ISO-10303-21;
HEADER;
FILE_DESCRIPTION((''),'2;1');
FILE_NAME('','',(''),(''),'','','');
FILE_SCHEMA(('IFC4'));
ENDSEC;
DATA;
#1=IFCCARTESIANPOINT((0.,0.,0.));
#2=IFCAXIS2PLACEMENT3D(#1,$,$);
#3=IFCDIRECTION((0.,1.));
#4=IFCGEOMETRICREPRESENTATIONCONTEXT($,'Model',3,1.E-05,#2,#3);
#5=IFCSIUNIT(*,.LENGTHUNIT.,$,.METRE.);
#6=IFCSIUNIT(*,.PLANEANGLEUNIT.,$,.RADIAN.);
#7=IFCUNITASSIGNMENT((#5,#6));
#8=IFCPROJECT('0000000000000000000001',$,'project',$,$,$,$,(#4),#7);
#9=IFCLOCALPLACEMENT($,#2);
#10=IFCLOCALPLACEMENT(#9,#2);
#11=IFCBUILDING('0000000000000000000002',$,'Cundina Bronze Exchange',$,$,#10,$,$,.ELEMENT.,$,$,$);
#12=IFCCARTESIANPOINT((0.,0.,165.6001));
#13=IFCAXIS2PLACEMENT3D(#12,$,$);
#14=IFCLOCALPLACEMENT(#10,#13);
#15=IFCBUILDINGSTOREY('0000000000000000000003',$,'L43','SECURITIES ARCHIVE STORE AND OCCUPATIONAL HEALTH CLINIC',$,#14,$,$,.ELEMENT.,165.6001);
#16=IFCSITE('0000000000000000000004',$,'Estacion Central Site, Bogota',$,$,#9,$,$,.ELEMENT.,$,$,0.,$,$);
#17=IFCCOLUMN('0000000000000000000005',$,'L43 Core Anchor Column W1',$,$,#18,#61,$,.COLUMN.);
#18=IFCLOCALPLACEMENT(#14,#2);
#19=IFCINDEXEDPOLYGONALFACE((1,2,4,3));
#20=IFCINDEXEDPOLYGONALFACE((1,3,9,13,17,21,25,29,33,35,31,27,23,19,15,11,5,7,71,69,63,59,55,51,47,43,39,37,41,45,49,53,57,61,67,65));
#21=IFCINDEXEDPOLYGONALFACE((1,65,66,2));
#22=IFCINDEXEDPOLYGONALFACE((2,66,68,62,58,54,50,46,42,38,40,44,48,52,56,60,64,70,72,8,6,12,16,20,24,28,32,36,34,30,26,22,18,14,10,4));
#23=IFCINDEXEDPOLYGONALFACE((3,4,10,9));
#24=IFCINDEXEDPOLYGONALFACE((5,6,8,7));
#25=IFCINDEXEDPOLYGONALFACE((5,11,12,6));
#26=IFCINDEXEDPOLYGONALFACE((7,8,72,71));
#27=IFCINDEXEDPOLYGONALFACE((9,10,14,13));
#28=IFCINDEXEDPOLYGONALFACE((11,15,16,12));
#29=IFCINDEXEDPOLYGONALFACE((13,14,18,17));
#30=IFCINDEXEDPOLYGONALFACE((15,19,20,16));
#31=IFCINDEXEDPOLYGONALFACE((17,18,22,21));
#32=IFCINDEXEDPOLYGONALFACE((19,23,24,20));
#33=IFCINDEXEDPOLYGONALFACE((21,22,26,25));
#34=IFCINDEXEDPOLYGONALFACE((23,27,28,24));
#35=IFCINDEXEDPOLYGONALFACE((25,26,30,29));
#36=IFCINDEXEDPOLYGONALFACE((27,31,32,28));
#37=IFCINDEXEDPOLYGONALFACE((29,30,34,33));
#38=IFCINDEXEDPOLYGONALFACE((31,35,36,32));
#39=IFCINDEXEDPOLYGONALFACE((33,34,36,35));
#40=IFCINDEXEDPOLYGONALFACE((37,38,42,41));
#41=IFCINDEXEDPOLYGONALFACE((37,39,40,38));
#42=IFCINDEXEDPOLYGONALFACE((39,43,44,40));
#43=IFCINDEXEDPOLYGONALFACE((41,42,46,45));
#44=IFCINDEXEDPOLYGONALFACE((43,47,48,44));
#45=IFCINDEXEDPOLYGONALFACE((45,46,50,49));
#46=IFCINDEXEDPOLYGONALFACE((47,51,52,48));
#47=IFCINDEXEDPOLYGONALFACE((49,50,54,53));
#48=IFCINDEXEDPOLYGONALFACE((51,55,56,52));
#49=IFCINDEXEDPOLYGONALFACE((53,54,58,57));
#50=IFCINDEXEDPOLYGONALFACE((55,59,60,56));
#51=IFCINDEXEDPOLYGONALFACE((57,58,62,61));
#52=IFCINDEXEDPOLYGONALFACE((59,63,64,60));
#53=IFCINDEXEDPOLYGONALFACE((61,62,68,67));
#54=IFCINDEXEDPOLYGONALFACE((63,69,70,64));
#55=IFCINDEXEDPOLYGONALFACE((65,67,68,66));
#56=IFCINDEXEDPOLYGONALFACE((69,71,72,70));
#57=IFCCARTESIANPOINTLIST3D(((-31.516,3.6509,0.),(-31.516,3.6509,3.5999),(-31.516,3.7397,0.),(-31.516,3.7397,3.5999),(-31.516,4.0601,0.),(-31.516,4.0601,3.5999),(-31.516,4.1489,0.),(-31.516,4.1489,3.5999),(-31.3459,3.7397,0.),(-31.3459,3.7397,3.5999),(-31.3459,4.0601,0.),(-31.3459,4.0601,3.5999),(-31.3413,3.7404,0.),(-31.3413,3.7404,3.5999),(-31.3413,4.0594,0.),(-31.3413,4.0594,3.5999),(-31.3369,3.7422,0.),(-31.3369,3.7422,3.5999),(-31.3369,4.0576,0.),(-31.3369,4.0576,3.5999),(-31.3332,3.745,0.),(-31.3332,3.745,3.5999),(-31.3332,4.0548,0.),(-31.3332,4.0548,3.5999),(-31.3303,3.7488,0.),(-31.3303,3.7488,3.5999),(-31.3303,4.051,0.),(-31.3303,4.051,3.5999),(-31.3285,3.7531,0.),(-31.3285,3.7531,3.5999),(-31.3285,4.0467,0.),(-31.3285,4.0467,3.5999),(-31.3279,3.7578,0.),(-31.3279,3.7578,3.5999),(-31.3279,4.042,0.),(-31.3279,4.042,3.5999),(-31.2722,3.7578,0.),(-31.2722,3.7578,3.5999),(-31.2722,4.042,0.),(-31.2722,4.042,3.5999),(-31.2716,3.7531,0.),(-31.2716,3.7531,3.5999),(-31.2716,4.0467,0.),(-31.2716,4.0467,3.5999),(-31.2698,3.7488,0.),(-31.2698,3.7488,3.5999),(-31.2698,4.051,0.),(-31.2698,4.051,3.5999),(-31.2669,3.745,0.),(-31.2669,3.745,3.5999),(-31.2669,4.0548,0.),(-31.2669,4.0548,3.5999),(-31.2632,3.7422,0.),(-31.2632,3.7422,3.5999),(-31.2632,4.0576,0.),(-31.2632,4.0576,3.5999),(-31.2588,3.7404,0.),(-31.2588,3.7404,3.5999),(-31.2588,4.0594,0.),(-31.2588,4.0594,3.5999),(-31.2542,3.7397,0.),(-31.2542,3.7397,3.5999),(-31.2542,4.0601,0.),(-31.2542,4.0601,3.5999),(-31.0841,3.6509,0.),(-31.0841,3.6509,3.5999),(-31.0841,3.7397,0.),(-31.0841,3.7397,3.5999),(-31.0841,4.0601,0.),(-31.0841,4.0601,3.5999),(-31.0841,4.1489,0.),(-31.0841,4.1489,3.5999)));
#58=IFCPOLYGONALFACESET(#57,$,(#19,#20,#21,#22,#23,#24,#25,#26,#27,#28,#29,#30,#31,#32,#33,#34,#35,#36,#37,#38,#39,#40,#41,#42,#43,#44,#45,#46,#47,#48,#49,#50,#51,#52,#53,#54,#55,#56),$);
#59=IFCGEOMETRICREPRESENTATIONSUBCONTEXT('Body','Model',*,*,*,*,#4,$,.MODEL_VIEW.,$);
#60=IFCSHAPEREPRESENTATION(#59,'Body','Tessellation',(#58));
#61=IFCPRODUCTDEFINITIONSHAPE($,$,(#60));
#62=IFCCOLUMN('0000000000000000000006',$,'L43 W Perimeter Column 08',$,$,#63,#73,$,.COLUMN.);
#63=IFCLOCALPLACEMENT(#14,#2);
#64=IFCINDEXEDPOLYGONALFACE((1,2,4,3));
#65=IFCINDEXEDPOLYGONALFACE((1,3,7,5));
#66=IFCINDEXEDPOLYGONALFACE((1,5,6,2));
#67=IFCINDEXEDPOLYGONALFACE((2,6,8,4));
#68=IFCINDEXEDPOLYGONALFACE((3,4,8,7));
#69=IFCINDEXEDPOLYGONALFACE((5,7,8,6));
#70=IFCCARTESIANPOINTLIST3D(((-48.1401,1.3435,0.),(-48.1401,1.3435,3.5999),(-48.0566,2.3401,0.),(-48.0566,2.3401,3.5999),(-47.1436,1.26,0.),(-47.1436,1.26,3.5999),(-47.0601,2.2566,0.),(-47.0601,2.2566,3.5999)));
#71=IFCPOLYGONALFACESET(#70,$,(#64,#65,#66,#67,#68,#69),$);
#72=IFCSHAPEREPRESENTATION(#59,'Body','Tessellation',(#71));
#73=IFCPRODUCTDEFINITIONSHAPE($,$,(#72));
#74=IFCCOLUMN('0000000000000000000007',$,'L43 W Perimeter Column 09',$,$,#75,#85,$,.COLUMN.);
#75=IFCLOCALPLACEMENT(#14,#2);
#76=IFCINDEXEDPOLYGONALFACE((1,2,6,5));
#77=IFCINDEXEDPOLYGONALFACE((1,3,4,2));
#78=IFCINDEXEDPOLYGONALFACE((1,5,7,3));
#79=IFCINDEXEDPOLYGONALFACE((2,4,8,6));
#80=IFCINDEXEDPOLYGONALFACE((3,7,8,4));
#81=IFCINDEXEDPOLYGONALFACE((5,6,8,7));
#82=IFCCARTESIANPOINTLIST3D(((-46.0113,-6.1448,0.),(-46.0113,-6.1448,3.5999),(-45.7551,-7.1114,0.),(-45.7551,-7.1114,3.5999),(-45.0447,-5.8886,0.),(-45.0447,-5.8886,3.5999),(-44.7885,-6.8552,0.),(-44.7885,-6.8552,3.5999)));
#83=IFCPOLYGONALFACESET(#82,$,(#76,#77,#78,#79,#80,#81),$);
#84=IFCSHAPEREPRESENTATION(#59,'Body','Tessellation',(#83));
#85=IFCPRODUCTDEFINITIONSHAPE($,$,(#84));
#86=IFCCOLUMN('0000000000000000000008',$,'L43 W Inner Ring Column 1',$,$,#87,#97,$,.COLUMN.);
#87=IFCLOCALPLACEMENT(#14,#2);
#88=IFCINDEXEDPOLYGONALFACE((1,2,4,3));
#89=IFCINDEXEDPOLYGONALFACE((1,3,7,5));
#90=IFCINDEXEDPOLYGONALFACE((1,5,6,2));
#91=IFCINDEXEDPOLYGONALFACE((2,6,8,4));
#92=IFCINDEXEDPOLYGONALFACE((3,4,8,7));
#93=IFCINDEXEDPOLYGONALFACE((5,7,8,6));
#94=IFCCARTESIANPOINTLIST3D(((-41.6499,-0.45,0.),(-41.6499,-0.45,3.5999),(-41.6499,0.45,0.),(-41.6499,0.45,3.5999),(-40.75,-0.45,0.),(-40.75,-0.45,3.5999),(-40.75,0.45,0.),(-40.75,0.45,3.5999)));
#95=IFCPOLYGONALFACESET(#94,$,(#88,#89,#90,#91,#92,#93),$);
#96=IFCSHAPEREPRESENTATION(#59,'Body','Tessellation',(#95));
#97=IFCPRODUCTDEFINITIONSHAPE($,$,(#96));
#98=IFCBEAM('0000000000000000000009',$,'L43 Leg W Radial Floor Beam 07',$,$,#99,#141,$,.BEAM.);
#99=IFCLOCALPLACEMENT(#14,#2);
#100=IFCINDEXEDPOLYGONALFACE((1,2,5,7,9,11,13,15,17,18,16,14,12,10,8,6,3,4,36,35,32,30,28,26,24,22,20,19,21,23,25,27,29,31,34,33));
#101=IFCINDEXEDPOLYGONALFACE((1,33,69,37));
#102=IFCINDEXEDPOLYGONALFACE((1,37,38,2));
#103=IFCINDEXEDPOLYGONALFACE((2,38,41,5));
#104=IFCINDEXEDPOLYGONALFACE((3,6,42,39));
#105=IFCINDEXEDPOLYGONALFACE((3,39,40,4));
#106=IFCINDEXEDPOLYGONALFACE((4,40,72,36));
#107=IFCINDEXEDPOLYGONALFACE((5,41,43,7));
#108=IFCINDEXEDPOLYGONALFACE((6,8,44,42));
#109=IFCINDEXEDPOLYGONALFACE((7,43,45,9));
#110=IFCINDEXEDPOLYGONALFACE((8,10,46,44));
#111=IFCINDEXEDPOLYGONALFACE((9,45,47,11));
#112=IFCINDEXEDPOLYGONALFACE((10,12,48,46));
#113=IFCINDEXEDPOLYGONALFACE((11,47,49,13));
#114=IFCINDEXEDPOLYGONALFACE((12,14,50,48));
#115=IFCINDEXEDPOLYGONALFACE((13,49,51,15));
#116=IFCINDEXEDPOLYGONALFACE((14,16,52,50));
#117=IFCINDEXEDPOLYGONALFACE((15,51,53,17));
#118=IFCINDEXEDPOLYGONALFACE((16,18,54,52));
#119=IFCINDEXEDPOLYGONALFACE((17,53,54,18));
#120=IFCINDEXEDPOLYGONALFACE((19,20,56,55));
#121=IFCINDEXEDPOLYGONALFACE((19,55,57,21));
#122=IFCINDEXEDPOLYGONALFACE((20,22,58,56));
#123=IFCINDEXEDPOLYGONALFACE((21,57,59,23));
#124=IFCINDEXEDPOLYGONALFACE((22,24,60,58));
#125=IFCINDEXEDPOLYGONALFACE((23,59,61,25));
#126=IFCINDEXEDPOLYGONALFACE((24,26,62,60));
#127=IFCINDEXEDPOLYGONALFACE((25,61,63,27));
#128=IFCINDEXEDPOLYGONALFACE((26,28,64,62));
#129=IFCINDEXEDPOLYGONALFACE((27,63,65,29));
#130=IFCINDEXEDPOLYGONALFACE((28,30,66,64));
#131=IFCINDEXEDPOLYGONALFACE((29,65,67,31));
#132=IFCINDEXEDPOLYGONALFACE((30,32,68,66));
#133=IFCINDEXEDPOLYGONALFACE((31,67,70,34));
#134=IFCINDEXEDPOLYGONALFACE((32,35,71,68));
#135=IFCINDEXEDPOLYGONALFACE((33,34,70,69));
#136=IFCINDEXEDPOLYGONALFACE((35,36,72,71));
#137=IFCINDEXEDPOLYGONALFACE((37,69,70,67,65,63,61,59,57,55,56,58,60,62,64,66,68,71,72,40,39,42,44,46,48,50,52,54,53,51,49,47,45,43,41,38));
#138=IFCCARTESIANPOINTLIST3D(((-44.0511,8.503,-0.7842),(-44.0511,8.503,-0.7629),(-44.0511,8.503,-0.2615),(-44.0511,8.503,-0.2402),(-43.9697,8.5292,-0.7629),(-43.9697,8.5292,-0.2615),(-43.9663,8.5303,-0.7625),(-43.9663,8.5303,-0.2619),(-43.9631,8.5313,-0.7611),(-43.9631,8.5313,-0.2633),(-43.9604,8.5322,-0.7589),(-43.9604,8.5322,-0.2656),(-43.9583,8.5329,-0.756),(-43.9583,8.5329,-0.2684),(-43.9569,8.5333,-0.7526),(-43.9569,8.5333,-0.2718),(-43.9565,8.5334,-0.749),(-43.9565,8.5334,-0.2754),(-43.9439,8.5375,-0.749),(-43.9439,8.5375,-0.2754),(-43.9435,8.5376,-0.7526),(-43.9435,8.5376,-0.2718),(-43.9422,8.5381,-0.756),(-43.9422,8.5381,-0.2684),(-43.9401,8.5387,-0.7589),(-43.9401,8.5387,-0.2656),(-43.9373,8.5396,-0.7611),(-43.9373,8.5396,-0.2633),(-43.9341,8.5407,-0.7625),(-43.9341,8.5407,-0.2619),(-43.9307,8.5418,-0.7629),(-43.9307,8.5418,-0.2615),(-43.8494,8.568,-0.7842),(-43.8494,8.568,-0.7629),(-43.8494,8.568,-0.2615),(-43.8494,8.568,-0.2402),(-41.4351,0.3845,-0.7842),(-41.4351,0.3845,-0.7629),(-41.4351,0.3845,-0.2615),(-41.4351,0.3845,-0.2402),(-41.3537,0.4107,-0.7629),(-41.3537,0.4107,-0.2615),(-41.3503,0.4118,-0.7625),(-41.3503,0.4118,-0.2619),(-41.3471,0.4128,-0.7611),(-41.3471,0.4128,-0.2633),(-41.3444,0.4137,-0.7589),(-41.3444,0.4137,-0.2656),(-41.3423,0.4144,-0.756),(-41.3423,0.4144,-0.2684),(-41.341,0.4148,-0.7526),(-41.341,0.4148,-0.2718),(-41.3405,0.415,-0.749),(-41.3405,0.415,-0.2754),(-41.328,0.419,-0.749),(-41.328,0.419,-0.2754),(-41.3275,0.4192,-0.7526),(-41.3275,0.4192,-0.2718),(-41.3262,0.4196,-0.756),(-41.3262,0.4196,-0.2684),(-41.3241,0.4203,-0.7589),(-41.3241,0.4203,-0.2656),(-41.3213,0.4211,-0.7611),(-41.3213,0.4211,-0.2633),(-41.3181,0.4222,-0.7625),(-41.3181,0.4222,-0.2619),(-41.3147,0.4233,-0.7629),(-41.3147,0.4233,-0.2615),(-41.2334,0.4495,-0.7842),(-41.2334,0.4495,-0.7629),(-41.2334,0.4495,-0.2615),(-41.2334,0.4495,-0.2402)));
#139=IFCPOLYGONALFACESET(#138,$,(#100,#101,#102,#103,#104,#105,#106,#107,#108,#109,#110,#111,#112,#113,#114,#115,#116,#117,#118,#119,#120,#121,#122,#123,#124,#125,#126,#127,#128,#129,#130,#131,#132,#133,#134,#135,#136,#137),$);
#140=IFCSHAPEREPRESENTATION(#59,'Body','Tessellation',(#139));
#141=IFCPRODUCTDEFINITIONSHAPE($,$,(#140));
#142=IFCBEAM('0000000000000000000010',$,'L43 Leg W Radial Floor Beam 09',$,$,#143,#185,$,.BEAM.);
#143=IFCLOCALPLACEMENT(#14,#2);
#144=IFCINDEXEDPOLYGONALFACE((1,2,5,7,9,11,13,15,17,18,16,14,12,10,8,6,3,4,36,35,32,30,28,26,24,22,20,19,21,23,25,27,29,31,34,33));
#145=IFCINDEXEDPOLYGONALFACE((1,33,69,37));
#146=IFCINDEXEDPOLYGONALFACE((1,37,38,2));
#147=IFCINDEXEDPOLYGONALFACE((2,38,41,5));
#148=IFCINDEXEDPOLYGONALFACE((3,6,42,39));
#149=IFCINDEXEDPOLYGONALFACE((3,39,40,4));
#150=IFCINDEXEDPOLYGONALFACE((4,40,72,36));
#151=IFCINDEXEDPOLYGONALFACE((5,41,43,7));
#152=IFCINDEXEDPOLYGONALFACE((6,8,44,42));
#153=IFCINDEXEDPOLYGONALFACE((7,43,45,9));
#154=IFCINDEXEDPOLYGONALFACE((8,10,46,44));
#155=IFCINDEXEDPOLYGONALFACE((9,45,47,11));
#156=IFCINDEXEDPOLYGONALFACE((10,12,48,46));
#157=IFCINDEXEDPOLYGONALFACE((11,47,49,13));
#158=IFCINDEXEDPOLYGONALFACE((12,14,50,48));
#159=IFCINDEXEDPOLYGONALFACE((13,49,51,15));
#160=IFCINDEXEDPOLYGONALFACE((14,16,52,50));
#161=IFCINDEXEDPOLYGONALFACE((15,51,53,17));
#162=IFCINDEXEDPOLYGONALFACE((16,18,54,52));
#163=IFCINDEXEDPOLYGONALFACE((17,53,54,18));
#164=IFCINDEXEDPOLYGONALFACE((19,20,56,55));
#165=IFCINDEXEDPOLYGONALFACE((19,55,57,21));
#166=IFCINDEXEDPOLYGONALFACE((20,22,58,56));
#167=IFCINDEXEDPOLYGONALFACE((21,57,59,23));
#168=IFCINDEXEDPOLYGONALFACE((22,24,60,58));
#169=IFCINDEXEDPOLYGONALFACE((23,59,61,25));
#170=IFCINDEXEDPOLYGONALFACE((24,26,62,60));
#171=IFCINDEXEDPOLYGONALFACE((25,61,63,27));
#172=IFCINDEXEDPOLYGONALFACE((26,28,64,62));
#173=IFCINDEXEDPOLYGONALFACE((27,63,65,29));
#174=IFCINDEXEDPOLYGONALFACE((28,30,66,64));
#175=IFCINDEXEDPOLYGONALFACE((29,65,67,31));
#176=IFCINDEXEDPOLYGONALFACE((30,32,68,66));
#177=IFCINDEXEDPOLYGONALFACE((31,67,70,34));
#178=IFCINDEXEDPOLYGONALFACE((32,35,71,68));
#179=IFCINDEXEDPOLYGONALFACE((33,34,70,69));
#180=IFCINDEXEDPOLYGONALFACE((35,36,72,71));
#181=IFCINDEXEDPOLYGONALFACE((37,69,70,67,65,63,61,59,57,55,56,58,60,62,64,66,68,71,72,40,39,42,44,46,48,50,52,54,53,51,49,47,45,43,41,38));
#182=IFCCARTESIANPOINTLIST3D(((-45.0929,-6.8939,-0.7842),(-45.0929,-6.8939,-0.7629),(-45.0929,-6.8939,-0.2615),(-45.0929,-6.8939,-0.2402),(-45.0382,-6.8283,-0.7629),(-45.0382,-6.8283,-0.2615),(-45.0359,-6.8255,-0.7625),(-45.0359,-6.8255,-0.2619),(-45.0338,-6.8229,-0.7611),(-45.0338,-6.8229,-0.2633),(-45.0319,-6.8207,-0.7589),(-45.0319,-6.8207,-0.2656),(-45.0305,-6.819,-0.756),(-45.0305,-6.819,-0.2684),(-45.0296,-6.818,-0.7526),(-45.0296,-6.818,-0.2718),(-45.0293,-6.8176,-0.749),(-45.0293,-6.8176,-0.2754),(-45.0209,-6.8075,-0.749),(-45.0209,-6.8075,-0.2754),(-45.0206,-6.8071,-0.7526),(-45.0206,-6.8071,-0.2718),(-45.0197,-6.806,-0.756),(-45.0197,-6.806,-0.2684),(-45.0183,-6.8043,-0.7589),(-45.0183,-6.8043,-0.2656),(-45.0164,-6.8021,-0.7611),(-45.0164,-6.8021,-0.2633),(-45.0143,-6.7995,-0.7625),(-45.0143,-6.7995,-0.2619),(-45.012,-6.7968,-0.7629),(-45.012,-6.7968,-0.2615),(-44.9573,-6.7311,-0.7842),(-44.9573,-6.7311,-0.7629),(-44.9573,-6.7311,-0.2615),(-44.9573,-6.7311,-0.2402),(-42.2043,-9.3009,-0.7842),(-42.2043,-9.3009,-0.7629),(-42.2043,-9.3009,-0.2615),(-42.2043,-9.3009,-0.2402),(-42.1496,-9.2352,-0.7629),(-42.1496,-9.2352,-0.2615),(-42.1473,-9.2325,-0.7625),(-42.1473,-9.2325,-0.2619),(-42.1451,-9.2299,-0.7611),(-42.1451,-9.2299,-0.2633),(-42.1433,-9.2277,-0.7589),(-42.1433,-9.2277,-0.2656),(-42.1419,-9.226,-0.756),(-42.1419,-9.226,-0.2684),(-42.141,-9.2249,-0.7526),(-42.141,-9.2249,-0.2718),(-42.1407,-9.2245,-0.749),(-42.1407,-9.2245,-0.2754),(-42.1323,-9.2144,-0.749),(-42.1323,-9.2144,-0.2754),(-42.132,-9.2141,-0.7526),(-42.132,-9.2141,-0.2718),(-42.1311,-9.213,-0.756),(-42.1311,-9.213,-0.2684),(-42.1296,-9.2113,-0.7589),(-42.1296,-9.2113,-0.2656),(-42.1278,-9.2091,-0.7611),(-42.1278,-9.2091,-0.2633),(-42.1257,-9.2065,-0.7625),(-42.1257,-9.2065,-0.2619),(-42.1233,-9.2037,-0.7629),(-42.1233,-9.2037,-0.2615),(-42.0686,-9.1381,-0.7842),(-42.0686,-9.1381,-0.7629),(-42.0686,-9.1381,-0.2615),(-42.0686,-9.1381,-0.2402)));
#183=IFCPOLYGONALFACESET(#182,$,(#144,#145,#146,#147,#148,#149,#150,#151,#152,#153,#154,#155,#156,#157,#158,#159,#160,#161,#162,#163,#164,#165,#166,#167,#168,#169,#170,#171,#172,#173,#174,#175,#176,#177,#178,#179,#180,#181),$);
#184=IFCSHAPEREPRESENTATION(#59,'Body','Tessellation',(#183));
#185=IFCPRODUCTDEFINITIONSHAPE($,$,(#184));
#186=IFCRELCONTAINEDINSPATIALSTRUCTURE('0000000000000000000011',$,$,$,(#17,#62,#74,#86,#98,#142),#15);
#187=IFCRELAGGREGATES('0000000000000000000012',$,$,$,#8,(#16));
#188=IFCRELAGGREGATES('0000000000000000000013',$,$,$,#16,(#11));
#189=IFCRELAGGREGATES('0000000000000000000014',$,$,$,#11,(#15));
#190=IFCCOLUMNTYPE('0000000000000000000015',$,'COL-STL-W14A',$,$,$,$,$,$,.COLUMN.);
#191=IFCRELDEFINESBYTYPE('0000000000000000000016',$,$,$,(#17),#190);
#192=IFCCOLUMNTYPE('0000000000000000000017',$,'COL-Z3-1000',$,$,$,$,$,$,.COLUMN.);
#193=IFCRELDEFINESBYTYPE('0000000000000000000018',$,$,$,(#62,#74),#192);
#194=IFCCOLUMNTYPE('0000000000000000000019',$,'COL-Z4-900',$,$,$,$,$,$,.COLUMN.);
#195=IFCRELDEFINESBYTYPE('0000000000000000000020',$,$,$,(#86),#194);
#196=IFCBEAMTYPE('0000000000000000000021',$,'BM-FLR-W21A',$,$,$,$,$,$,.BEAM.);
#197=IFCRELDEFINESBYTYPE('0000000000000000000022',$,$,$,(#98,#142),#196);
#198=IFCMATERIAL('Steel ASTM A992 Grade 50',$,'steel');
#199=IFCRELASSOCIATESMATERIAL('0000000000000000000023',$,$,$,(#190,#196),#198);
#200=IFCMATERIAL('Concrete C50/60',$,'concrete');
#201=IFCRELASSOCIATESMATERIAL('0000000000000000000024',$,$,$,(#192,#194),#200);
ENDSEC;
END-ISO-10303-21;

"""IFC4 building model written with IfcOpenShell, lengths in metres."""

from ifc_helpers import new_model, si_unit, direction, frame, origin, origin_2d, place, context, subcontext, project, spatial, rectangle, i_section, extrude, material, material_profile, profile_set, type_object, element, save


model = new_model("IFC4")

# Units and contexts
model_context = context("Model", 3, precision=1e-05, world=origin(), true_north=direction((0.0, 1.0)))
body_context = subcontext(model_context, "Body", "Model", "MODEL_VIEW")
ifc_project = project(units=[si_unit("LENGTHUNIT", "METRE"), si_unit("PLANEANGLEUNIT", "RADIAN")], contexts=[model_context])

# Site, building, storey
site_placement = place(None, origin())
site = spatial("IfcSite", under=ifc_project, at=site_placement, Name="Estacion Central Site, Bogota", CompositionType="ELEMENT", RefElevation=0.0)
building_placement = place(site_placement, origin())
building = spatial("IfcBuilding", under=site, at=building_placement, Name="Cundina Bronze Exchange", CompositionType="ELEMENT")
storey_placement = place(building_placement, frame((0.0, 0.0, 165.6001)))
storey = spatial("IfcBuildingStorey", under=building, at=storey_placement, Name="L43", Description="SECURITIES ARCHIVE STORE AND OCCUPATIONAL HEALTH CLINIC", CompositionType="ELEMENT", Elevation=165.6001)

# Columns
ifc_material_1 = material(Name="Steel ASTM A992 Grade 50", Category="steel")
ifc_material_profile_1 = material_profile(ifc_material_1, i_section(OverallWidth=0.4319, OverallDepth=0.498, WebThickness=0.0557, FlangeThickness=0.0889, FilletRadius=0.0181, at=origin_2d()), Name="W14X500", Category="steel")
ifc_profile_set_1 = profile_set([ifc_material_profile_1], Name="Steel ASTM A992 Grade 50")
column_type_1 = type_object("IfcColumnType", Name="COL-STL-W14A", PredefinedType="COLUMN", material=ifc_profile_set_1)
column_1_placement = place(storey_placement, frame((-31.3, 3.8999, 0.0), z_axis=(0.0, 0.0, 1.0), x_axis=(1.0, 0.0, 0.0)))
element("IfcColumn", 1, at=column_1_placement, inside=storey, type_object=column_type_1, Name="L43 Core Anchor Column W1", PredefinedType="COLUMN", context=body_context, shape_type="SweptSolid", body=[
    extrude(i_section(OverallWidth=0.4319, OverallDepth=0.498, WebThickness=0.0557, FlangeThickness=0.0889, FilletRadius=0.0181, at=origin_2d()), origin(), (0.0, 0.0, 1.0), 3.5999),
])
ifc_material_2 = material(Name="Concrete C50/60", Category="concrete")
ifc_material_profile_2 = material_profile(ifc_material_2, rectangle(XDim=1.0, YDim=1.0, at=origin_2d()), Name="RC1000X1000", Category="concrete")
ifc_profile_set_2 = profile_set([ifc_material_profile_2], Name="Concrete C50/60")
column_type_2 = type_object("IfcColumnType", Name="COL-Z3-1000", PredefinedType="COLUMN", material=ifc_profile_set_2)
for number, where, z_axis, x_axis, name in (
    (2, (-47.6001, 1.8, 0.0), (0.0, 0.0, 1.0), (-0.083504, -0.996507, 0.0), "L43 W Perimeter Column 08"),
    (3, (-45.3999, -6.5, 0.0), (0.0, 0.0, 1.0), (0.256289, -0.9666, 0.0), "L43 W Perimeter Column 09"),
):
    element("IfcColumn", number, at=place(storey_placement, frame(where, z_axis=z_axis, x_axis=x_axis)), inside=storey, type_object=column_type_2, Name=name, PredefinedType="COLUMN", context=body_context, shape_type="SweptSolid", body=[
        extrude(rectangle(XDim=1.0, YDim=1.0, at=origin_2d()), origin(), (0.0, 0.0, 1.0), 3.5999),
    ])
ifc_material_profile_3 = material_profile(ifc_material_2, rectangle(XDim=0.8999, YDim=0.8999, at=origin_2d()), Name="RC900X900", Category="concrete")
ifc_profile_set_3 = profile_set([ifc_material_profile_3], Name="Concrete C50/60")
column_type_3 = type_object("IfcColumnType", Name="COL-Z4-900", PredefinedType="COLUMN", material=ifc_profile_set_3)
column_2_placement = place(storey_placement, frame((-41.2, 0.0, 0.0), z_axis=(0.0, 0.0, 1.0), x_axis=(1.0, 0.0, 0.0)))
element("IfcColumn", 4, at=column_2_placement, inside=storey, type_object=column_type_3, Name="L43 W Inner Ring Column 1", PredefinedType="COLUMN", context=body_context, shape_type="SweptSolid", body=[
    extrude(rectangle(XDim=0.8999, YDim=0.8999, at=origin_2d()), origin(), (0.0, 0.0, 1.0), 3.5999),
])

# Beams
ifc_material_profile_4 = material_profile(ifc_material_1, i_section(OverallWidth=0.2119, OverallDepth=0.5439, WebThickness=0.0132, FlangeThickness=0.0212, FilletRadius=0.0139, at=origin_2d()), Name="W21X83", Category="steel")
ifc_profile_set_4 = profile_set([ifc_material_profile_4], Name="Steel ASTM A992 Grade 50")
beam_type_1 = type_object("IfcBeamType", Name="BM-FLR-W21A", PredefinedType="BEAM", material=ifc_profile_set_4)
beam_1_placement = place(storey_placement, frame((-41.3342, 0.417, -0.5122), z_axis=(-0.306698, 0.951807, 0.0), x_axis=(-0.951807, -0.306698, 0.0)))
element("IfcBeam", 5, at=beam_1_placement, inside=storey, type_object=beam_type_1, Name="L43 Leg W Radial Floor Beam 07", PredefinedType="BEAM", context=body_context, shape_type="SweptSolid", body=[
    extrude(i_section(OverallWidth=0.2119, OverallDepth=0.5439, WebThickness=0.0132, FlangeThickness=0.0212, FilletRadius=0.0139, at=origin_2d()), origin(), (0.0, 0.0, 1.0), 8.5295),
])
beam_2_placement = place(storey_placement, frame((-42.1365, -9.2195, -0.5122), z_axis=(-0.768253, 0.640146, 0.0), x_axis=(-0.640146, -0.768253, 0.0)))
element("IfcBeam", 6, at=beam_2_placement, inside=storey, type_object=beam_type_1, Name="L43 Leg W Radial Floor Beam 09", PredefinedType="BEAM", context=body_context, shape_type="SweptSolid", body=[
    extrude(i_section(OverallWidth=0.2119, OverallDepth=0.5439, WebThickness=0.0132, FlangeThickness=0.0212, FilletRadius=0.0139, at=origin_2d()), origin(), (0.0, 0.0, 1.0), 3.76),
])

save(model, "model.ifc")
